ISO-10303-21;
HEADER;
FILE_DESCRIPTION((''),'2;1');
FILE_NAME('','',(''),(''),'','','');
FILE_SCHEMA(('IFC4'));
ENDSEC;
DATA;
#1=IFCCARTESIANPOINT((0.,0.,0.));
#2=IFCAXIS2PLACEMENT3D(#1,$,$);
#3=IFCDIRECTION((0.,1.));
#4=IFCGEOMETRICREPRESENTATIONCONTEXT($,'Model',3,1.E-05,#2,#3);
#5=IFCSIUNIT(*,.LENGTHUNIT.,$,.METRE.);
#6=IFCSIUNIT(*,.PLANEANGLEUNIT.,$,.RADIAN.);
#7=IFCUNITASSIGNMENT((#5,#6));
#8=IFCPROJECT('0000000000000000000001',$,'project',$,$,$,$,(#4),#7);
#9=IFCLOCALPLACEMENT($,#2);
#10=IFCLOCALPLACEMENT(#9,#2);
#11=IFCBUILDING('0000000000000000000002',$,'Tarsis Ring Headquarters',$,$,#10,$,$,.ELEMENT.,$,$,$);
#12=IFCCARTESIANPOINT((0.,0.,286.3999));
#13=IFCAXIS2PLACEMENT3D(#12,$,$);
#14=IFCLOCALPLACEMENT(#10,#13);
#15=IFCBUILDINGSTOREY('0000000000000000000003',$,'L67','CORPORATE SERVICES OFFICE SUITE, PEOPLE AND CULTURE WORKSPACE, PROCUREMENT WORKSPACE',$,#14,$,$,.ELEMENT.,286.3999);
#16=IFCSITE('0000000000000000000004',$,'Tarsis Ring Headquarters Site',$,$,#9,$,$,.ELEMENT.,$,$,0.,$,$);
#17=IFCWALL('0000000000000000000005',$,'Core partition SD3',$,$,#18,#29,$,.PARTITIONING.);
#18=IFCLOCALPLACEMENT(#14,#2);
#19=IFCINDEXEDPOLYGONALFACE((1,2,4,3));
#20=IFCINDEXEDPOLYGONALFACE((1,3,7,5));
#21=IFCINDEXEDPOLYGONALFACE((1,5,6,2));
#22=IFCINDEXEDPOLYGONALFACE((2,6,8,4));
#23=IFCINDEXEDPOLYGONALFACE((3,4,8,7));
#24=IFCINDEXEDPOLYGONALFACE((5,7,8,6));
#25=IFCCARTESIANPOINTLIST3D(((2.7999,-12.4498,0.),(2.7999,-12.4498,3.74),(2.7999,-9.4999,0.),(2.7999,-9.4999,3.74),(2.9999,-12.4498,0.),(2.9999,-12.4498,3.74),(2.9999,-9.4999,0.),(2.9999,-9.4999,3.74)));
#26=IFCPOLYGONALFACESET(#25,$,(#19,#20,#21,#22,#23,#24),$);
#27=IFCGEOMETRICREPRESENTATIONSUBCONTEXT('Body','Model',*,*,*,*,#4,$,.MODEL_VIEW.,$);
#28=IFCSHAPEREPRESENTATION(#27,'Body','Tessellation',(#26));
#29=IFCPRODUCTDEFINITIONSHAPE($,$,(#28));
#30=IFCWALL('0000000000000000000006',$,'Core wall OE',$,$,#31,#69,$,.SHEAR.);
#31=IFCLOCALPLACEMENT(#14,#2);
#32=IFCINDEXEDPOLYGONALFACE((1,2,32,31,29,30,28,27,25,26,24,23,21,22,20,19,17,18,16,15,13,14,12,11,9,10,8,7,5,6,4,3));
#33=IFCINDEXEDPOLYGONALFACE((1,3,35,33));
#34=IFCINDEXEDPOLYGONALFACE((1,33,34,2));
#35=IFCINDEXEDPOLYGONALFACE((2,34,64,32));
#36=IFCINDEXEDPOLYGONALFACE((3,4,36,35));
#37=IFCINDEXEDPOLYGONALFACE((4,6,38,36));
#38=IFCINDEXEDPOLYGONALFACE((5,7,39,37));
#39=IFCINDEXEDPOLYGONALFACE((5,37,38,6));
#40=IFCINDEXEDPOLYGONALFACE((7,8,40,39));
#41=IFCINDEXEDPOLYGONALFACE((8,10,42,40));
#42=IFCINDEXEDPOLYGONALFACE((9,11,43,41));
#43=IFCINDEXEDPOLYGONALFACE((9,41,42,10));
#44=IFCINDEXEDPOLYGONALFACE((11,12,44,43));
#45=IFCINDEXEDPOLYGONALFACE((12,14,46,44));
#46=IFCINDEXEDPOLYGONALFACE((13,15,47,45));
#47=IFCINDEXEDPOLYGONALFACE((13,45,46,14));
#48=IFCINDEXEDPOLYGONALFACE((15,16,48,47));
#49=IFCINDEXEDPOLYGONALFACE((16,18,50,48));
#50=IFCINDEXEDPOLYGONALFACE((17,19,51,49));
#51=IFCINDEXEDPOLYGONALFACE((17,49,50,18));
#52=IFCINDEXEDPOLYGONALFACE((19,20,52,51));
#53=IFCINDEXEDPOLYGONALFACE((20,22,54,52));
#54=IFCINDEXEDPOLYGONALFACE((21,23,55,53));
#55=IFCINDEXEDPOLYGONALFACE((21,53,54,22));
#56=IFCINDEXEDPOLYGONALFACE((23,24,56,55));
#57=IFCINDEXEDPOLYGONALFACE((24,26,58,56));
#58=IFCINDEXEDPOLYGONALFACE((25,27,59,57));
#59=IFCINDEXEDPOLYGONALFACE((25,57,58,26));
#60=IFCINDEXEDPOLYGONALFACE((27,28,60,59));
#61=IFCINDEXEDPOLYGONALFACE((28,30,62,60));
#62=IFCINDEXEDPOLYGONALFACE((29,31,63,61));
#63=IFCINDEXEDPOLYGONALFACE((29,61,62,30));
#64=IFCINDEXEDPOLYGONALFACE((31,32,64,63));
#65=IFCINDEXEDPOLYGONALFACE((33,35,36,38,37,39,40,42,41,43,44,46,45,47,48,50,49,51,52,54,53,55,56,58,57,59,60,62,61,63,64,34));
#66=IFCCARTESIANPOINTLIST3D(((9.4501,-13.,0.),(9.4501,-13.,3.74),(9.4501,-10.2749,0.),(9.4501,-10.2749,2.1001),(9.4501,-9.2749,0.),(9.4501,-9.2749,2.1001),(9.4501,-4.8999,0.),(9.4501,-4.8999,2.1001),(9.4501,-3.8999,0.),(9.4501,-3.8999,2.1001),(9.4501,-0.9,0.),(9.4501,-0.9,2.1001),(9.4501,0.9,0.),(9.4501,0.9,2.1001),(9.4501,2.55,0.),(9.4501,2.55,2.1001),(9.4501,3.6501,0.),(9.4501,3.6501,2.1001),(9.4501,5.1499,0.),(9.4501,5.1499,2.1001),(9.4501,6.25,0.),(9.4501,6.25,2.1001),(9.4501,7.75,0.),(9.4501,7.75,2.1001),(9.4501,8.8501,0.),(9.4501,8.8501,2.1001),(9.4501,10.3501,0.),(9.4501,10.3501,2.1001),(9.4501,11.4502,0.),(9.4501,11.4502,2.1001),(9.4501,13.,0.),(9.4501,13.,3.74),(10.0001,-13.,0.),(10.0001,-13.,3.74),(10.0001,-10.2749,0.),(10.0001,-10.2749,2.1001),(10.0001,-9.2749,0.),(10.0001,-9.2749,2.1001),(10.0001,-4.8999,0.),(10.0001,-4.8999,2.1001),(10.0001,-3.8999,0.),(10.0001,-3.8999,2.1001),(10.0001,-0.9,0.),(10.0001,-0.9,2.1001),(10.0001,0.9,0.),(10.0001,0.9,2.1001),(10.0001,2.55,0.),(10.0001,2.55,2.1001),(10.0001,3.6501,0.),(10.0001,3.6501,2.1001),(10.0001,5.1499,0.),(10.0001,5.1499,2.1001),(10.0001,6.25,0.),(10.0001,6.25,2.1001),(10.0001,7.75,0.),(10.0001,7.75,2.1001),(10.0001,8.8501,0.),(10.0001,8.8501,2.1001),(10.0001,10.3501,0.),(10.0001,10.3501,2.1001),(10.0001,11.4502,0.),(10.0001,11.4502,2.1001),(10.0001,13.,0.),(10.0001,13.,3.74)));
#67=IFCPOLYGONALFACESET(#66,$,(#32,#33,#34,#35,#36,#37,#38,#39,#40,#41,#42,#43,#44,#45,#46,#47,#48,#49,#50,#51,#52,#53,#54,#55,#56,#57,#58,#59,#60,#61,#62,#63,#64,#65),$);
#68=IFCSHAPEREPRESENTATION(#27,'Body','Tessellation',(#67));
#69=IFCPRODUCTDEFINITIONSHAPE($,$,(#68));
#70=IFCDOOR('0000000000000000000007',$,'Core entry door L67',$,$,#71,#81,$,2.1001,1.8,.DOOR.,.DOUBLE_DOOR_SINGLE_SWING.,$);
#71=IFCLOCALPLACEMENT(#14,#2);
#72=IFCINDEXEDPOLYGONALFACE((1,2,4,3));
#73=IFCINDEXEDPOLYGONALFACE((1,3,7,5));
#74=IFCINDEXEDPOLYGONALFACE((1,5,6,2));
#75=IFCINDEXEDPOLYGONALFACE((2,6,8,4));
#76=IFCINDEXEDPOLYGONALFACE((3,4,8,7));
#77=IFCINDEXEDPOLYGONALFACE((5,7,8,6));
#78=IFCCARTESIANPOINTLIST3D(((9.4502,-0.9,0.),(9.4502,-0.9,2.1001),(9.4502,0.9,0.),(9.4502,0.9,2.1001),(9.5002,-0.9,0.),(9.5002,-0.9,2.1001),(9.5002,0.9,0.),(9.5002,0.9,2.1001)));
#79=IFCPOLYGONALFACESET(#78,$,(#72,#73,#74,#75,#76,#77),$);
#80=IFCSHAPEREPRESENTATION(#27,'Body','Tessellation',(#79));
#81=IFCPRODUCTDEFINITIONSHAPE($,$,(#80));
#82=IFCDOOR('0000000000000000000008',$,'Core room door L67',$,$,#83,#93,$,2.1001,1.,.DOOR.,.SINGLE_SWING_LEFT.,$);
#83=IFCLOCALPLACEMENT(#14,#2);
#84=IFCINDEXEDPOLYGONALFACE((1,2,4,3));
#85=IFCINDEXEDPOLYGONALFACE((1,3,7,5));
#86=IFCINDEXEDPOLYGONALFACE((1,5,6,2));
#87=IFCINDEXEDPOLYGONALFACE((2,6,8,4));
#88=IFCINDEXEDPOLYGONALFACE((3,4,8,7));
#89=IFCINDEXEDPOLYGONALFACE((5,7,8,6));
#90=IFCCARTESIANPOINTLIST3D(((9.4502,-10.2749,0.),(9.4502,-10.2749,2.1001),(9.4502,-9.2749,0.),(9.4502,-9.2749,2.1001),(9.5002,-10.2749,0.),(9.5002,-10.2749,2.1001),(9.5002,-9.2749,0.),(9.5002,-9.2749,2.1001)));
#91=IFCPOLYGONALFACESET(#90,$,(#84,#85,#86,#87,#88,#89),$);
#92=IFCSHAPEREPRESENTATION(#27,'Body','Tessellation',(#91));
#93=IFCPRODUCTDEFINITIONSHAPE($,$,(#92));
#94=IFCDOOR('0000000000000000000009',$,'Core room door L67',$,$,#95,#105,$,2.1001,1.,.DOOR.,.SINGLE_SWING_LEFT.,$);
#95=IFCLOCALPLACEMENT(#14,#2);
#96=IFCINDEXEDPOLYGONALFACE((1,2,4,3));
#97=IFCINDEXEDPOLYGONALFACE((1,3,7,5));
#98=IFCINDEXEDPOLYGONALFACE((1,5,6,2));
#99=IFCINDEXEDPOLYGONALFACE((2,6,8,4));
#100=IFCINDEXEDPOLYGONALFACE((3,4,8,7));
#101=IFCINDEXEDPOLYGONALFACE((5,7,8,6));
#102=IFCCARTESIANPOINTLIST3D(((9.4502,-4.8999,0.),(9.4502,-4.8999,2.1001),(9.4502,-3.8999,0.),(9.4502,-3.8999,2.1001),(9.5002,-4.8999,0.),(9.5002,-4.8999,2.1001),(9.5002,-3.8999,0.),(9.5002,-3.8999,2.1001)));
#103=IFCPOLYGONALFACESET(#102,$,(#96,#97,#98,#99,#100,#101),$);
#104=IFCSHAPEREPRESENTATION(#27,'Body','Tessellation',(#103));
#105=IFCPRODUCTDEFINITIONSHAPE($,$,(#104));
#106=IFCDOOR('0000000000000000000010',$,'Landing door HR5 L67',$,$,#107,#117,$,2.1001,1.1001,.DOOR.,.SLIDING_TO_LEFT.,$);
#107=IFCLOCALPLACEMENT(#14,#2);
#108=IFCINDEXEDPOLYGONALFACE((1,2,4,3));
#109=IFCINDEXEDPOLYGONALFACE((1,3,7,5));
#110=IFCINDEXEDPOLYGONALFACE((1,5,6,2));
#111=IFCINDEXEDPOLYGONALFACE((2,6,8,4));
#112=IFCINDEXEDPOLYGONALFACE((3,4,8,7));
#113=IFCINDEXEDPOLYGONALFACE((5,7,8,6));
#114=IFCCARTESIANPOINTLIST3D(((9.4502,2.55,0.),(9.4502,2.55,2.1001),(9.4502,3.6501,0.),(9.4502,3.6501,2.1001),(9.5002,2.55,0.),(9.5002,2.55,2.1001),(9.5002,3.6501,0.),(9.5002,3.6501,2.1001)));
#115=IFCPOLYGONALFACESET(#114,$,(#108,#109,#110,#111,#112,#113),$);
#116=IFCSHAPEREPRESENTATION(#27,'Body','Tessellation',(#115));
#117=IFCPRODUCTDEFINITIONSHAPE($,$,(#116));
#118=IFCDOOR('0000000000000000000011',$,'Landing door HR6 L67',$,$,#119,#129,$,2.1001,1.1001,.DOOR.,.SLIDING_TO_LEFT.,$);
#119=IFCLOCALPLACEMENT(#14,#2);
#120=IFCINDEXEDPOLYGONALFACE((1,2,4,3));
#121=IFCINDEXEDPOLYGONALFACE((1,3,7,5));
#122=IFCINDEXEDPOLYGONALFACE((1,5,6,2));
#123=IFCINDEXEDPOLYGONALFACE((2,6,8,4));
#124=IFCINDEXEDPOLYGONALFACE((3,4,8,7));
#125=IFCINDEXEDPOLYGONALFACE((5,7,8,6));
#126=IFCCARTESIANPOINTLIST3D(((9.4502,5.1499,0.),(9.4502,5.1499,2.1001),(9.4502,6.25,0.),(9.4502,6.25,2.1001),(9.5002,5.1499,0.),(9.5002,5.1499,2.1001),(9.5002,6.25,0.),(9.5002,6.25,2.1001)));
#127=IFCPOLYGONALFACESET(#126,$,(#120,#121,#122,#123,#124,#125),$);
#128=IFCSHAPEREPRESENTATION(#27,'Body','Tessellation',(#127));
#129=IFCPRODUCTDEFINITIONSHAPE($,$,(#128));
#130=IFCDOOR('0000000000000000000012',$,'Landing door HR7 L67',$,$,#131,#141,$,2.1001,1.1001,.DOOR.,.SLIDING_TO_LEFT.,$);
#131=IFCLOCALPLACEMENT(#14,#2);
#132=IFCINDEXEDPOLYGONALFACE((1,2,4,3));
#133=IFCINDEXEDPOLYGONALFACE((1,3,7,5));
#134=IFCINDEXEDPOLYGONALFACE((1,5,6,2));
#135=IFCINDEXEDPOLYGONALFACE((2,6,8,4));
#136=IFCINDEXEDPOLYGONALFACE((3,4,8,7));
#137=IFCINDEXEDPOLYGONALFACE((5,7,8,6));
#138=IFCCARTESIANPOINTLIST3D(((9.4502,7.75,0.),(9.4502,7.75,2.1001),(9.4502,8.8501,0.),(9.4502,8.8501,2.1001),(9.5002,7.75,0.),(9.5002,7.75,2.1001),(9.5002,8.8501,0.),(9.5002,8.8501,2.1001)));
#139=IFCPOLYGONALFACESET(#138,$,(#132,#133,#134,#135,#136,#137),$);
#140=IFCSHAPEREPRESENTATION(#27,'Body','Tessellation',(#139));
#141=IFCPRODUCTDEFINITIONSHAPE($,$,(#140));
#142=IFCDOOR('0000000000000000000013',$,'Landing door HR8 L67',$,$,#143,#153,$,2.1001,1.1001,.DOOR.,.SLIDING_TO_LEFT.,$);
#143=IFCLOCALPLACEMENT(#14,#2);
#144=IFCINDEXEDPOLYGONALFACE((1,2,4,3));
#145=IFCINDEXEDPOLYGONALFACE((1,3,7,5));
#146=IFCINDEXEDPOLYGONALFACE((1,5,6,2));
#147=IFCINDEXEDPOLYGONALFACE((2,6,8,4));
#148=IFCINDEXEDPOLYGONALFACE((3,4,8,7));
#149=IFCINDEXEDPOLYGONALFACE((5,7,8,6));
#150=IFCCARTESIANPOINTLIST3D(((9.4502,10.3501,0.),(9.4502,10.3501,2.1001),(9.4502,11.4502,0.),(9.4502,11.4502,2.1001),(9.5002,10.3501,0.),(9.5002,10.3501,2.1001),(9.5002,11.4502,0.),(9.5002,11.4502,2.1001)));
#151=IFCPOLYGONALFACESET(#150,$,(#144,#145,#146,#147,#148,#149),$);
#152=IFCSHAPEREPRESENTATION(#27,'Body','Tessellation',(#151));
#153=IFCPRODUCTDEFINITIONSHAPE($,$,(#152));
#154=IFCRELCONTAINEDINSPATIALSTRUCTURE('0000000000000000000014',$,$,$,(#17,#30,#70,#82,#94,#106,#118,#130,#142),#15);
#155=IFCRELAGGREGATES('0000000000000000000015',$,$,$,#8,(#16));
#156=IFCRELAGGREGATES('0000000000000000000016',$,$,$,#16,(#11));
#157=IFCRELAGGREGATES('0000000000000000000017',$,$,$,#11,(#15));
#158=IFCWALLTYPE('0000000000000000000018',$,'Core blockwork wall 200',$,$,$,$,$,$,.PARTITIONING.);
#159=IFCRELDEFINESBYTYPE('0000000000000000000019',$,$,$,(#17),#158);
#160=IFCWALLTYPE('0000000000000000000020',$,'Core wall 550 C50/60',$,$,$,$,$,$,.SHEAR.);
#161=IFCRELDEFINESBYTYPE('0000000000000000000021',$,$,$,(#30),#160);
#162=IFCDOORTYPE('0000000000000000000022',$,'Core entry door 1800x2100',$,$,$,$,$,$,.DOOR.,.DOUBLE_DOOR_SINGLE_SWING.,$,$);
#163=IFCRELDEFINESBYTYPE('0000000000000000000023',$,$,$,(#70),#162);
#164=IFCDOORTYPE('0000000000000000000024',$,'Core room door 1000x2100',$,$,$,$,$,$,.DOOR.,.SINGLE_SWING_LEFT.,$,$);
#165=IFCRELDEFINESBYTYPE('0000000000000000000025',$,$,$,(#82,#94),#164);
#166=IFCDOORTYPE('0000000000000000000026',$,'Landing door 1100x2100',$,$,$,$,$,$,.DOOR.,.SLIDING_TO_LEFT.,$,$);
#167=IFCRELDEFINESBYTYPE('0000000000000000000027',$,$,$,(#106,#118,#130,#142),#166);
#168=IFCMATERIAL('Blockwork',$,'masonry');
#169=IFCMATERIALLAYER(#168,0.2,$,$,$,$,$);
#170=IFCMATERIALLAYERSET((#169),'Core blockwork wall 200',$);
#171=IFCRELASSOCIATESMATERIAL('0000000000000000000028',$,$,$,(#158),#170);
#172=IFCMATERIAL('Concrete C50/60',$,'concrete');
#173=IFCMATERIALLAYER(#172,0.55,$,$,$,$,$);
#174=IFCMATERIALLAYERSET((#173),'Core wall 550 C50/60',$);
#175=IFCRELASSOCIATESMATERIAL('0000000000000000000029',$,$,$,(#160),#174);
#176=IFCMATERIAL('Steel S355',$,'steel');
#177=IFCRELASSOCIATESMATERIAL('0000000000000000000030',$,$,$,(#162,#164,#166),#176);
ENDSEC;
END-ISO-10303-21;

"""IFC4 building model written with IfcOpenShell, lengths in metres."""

from ifc_helpers import new_model, si_unit, direction, frame, frame_2d, origin, place, context, subcontext, project, spatial, rectangle, extrude, material, layer, layer_set, type_object, element, fill, save


model = new_model("IFC4")

# Units and contexts
model_context = context("Model", 3, precision=1e-05, world=origin(), true_north=direction((0.0, 1.0)))
body_context = subcontext(model_context, "Body", "Model", "MODEL_VIEW")
ifc_project = project(units=[si_unit("LENGTHUNIT", "METRE"), si_unit("PLANEANGLEUNIT", "RADIAN")], contexts=[model_context])

# Site, building, storey
site_placement = place(None, origin())
site = spatial("IfcSite", under=ifc_project, at=site_placement, Name="Tarsis Ring Headquarters Site", CompositionType="ELEMENT", RefElevation=0.0)
building_placement = place(site_placement, origin())
building = spatial("IfcBuilding", under=site, at=building_placement, Name="Tarsis Ring Headquarters", CompositionType="ELEMENT")
storey_placement = place(building_placement, frame((0.0, 0.0, 286.3999)))
storey = spatial("IfcBuildingStorey", under=building, at=storey_placement, Name="L67", Description="CORPORATE SERVICES OFFICE SUITE, PEOPLE AND CULTURE WORKSPACE, PROCUREMENT WORKSPACE", CompositionType="ELEMENT", Elevation=286.3999)

# Wall
ifc_material_1 = material(Name="Blockwork", Category="masonry")
ifc_layer_1 = layer(ifc_material_1, 0.2)
ifc_layer_set_1 = layer_set([ifc_layer_1], Name="Core blockwork wall 200")
wall_type_1 = type_object("IfcWallType", Name="Core blockwork wall 200", PredefinedType="PARTITIONING", material=ifc_layer_set_1)
wall_1_placement = place(storey_placement, frame((2.8999, -12.45, 0.0), z_axis=(0.0, 0.0, 1.0), x_axis=(0.0, 1.0, 0.0)))
element("IfcWall", 1, at=wall_1_placement, inside=storey, type_object=wall_type_1, Name="Core partition SD3", PredefinedType="PARTITIONING", context=body_context, shape_type="SweptSolid", body=[
    extrude(rectangle(XDim=2.95, YDim=0.2, at=frame_2d((1.4751, 0.0))), origin(), (0.0, 0.0, 1.0), 3.74),
])

# Wall, openings, doors
ifc_material_2 = material(Name="Concrete C50/60", Category="concrete")
ifc_layer_2 = layer(ifc_material_2, 0.55)
ifc_layer_set_2 = layer_set([ifc_layer_2], Name="Core wall 550 C50/60")
wall_type_2 = type_object("IfcWallType", Name="Core wall 550 C50/60", PredefinedType="SHEAR", material=ifc_layer_set_2)
wall_2_placement = place(storey_placement, frame((9.7251, -13.0, 0.0), z_axis=(0.0, 0.0, 1.0), x_axis=(0.0, 1.0, 0.0)))
wall_2 = element("IfcWall", 2, at=wall_2_placement, inside=storey, type_object=wall_type_2, Name="Core wall OE", PredefinedType="SHEAR", context=body_context, shape_type="SweptSolid", body=[
    extrude(rectangle(XDim=26.0, YDim=0.55, at=frame_2d((13.0, 0.0))), origin(), (0.0, 0.0, 1.0), 3.74),
])
opening_1_placement = place(wall_2_placement, frame((2.7251, 0.0, 0.0)))
opening_1 = element("IfcOpeningElement", 3, at=opening_1_placement, cuts=wall_2, PredefinedType="OPENING", context=body_context, shape_type="SweptSolid", body=[
    extrude(rectangle(XDim=1.0, YDim=2.1001, at=frame_2d((0.5, 1.05))), frame((0.0, 0.2849, 0.0), z_axis=(0.0, -1.0, 0.0), x_axis=(1.0, 0.0, 0.0)), (0.0, 0.0, 1.0), 0.5701),
])
opening_2_placement = place(wall_2_placement, frame((8.1001, 0.0, 0.0)))
opening_2 = element("IfcOpeningElement", 4, at=opening_2_placement, cuts=wall_2, PredefinedType="OPENING", context=body_context, shape_type="SweptSolid", body=[
    extrude(rectangle(XDim=1.0, YDim=2.1001, at=frame_2d((0.5, 1.05))), frame((0.0, 0.2849, 0.0), z_axis=(0.0, -1.0, 0.0), x_axis=(1.0, 0.0, 0.0)), (0.0, 0.0, 1.0), 0.5701),
])
opening_3_placement = place(wall_2_placement, frame((12.1001, 0.0, 0.0)))
opening_3 = element("IfcOpeningElement", 5, at=opening_3_placement, cuts=wall_2, PredefinedType="OPENING", context=body_context, shape_type="SweptSolid", body=[
    extrude(rectangle(XDim=1.8, YDim=2.1001, at=frame_2d((0.8999, 1.05))), frame((0.0, 0.2849, 0.0), z_axis=(0.0, -1.0, 0.0), x_axis=(1.0, 0.0, 0.0)), (0.0, 0.0, 1.0), 0.5701),
])
opening_4_placement = place(wall_2_placement, frame((15.55, 0.0, 0.0)))
opening_4 = element("IfcOpeningElement", 6, at=opening_4_placement, cuts=wall_2, PredefinedType="OPENING", context=body_context, shape_type="SweptSolid", body=[
    extrude(rectangle(XDim=1.1001, YDim=2.1001, at=frame_2d((0.55, 1.05))), frame((0.0, 0.2849, 0.0), z_axis=(0.0, -1.0, 0.0), x_axis=(1.0, 0.0, 0.0)), (0.0, 0.0, 1.0), 0.5701),
])
opening_5_placement = place(wall_2_placement, frame((18.1499, 0.0, 0.0)))
opening_5 = element("IfcOpeningElement", 7, at=opening_5_placement, cuts=wall_2, PredefinedType="OPENING", context=body_context, shape_type="SweptSolid", body=[
    extrude(rectangle(XDim=1.1001, YDim=2.1001, at=frame_2d((0.55, 1.05))), frame((0.0, 0.2849, 0.0), z_axis=(0.0, -1.0, 0.0), x_axis=(1.0, 0.0, 0.0)), (0.0, 0.0, 1.0), 0.5701),
])
opening_6_placement = place(wall_2_placement, frame((20.75, 0.0, 0.0)))
opening_6 = element("IfcOpeningElement", 8, at=opening_6_placement, cuts=wall_2, PredefinedType="OPENING", context=body_context, shape_type="SweptSolid", body=[
    extrude(rectangle(XDim=1.1001, YDim=2.1001, at=frame_2d((0.55, 1.05))), frame((0.0, 0.2849, 0.0), z_axis=(0.0, -1.0, 0.0), x_axis=(1.0, 0.0, 0.0)), (0.0, 0.0, 1.0), 0.5701),
])
opening_7_placement = place(wall_2_placement, frame((23.3501, 0.0, 0.0)))
opening_7 = element("IfcOpeningElement", 9, at=opening_7_placement, cuts=wall_2, PredefinedType="OPENING", context=body_context, shape_type="SweptSolid", body=[
    extrude(rectangle(XDim=1.1001, YDim=2.1001, at=frame_2d((0.55, 1.05))), frame((0.0, 0.2849, 0.0), z_axis=(0.0, -1.0, 0.0), x_axis=(1.0, 0.0, 0.0)), (0.0, 0.0, 1.0), 0.5701),
])
ifc_material_3 = material(Name="Steel S355", Category="steel")
door_type_1 = type_object("IfcDoorType", Name="Core entry door 1800x2100", OperationType="DOUBLE_DOOR_SINGLE_SWING", PredefinedType="DOOR", material=ifc_material_3)
door_1_placement = place(opening_3_placement, origin())
door_1 = element("IfcDoor", 10, at=door_1_placement, inside=storey, type_object=door_type_1, Name="Core entry door L67", OperationType="DOUBLE_DOOR_SINGLE_SWING", OverallHeight=2.1001, OverallWidth=1.8, PredefinedType="DOOR", context=body_context, shape_type="SweptSolid", body=[
    extrude(rectangle(XDim=1.8, YDim=2.1001, at=frame_2d((0.8999, 1.05))), frame((0.0, 0.2749, 0.0), z_axis=(0.0, -1.0, 0.0), x_axis=(1.0, 0.0, 0.0)), (0.0, 0.0, 1.0), 0.05),
])
fill(opening_3, door_1)
door_type_2 = type_object("IfcDoorType", Name="Core room door 1000x2100", OperationType="SINGLE_SWING_LEFT", PredefinedType="DOOR", material=ifc_material_3)
door_2_placement = place(opening_1_placement, origin())
door_2 = element("IfcDoor", 11, at=door_2_placement, inside=storey, type_object=door_type_2, Name="Core room door L67", OperationType="SINGLE_SWING_LEFT", OverallHeight=2.1001, OverallWidth=1.0, PredefinedType="DOOR", context=body_context, shape_type="SweptSolid", body=[
    extrude(rectangle(XDim=1.0, YDim=2.1001, at=frame_2d((0.5, 1.05))), frame((0.0, 0.2749, 0.0), z_axis=(0.0, -1.0, 0.0), x_axis=(1.0, 0.0, 0.0)), (0.0, 0.0, 1.0), 0.05),
])
fill(opening_1, door_2)
door_3_placement = place(opening_2_placement, origin())
door_3 = element("IfcDoor", 12, at=door_3_placement, inside=storey, type_object=door_type_2, Name="Core room door L67", OperationType="SINGLE_SWING_LEFT", OverallHeight=2.1001, OverallWidth=1.0, PredefinedType="DOOR", context=body_context, shape_type="SweptSolid", body=[
    extrude(rectangle(XDim=1.0, YDim=2.1001, at=frame_2d((0.5, 1.05))), frame((0.0, 0.2749, 0.0), z_axis=(0.0, -1.0, 0.0), x_axis=(1.0, 0.0, 0.0)), (0.0, 0.0, 1.0), 0.05),
])
fill(opening_2, door_3)
door_type_3 = type_object("IfcDoorType", Name="Landing door 1100x2100", OperationType="SLIDING_TO_LEFT", PredefinedType="DOOR", material=ifc_material_3)
door_4_placement = place(opening_4_placement, origin())
door_4 = element("IfcDoor", 13, at=door_4_placement, inside=storey, type_object=door_type_3, Name="Landing door HR5 L67", OperationType="SLIDING_TO_LEFT", OverallHeight=2.1001, OverallWidth=1.1001, PredefinedType="DOOR", context=body_context, shape_type="SweptSolid", body=[
    extrude(rectangle(XDim=1.1001, YDim=2.1001, at=frame_2d((0.55, 1.05))), frame((0.0, 0.2749, 0.0), z_axis=(0.0, -1.0, 0.0), x_axis=(1.0, 0.0, 0.0)), (0.0, 0.0, 1.0), 0.05),
])
fill(opening_4, door_4)
door_5_placement = place(opening_5_placement, origin())
door_5 = element("IfcDoor", 14, at=door_5_placement, inside=storey, type_object=door_type_3, Name="Landing door HR6 L67", OperationType="SLIDING_TO_LEFT", OverallHeight=2.1001, OverallWidth=1.1001, PredefinedType="DOOR", context=body_context, shape_type="SweptSolid", body=[
    extrude(rectangle(XDim=1.1001, YDim=2.1001, at=frame_2d((0.55, 1.05))), frame((0.0, 0.2749, 0.0), z_axis=(0.0, -1.0, 0.0), x_axis=(1.0, 0.0, 0.0)), (0.0, 0.0, 1.0), 0.05),
])
fill(opening_5, door_5)
door_6_placement = place(opening_6_placement, origin())
door_6 = element("IfcDoor", 15, at=door_6_placement, inside=storey, type_object=door_type_3, Name="Landing door HR7 L67", OperationType="SLIDING_TO_LEFT", OverallHeight=2.1001, OverallWidth=1.1001, PredefinedType="DOOR", context=body_context, shape_type="SweptSolid", body=[
    extrude(rectangle(XDim=1.1001, YDim=2.1001, at=frame_2d((0.55, 1.05))), frame((0.0, 0.2749, 0.0), z_axis=(0.0, -1.0, 0.0), x_axis=(1.0, 0.0, 0.0)), (0.0, 0.0, 1.0), 0.05),
])
fill(opening_6, door_6)
door_7_placement = place(opening_7_placement, origin())
door_7 = element("IfcDoor", 16, at=door_7_placement, inside=storey, type_object=door_type_3, Name="Landing door HR8 L67", OperationType="SLIDING_TO_LEFT", OverallHeight=2.1001, OverallWidth=1.1001, PredefinedType="DOOR", context=body_context, shape_type="SweptSolid", body=[
    extrude(rectangle(XDim=1.1001, YDim=2.1001, at=frame_2d((0.55, 1.05))), frame((0.0, 0.2749, 0.0), z_axis=(0.0, -1.0, 0.0), x_axis=(1.0, 0.0, 0.0)), (0.0, 0.0, 1.0), 0.05),
])
fill(opening_7, door_7)

save(model, "model.ifc")
